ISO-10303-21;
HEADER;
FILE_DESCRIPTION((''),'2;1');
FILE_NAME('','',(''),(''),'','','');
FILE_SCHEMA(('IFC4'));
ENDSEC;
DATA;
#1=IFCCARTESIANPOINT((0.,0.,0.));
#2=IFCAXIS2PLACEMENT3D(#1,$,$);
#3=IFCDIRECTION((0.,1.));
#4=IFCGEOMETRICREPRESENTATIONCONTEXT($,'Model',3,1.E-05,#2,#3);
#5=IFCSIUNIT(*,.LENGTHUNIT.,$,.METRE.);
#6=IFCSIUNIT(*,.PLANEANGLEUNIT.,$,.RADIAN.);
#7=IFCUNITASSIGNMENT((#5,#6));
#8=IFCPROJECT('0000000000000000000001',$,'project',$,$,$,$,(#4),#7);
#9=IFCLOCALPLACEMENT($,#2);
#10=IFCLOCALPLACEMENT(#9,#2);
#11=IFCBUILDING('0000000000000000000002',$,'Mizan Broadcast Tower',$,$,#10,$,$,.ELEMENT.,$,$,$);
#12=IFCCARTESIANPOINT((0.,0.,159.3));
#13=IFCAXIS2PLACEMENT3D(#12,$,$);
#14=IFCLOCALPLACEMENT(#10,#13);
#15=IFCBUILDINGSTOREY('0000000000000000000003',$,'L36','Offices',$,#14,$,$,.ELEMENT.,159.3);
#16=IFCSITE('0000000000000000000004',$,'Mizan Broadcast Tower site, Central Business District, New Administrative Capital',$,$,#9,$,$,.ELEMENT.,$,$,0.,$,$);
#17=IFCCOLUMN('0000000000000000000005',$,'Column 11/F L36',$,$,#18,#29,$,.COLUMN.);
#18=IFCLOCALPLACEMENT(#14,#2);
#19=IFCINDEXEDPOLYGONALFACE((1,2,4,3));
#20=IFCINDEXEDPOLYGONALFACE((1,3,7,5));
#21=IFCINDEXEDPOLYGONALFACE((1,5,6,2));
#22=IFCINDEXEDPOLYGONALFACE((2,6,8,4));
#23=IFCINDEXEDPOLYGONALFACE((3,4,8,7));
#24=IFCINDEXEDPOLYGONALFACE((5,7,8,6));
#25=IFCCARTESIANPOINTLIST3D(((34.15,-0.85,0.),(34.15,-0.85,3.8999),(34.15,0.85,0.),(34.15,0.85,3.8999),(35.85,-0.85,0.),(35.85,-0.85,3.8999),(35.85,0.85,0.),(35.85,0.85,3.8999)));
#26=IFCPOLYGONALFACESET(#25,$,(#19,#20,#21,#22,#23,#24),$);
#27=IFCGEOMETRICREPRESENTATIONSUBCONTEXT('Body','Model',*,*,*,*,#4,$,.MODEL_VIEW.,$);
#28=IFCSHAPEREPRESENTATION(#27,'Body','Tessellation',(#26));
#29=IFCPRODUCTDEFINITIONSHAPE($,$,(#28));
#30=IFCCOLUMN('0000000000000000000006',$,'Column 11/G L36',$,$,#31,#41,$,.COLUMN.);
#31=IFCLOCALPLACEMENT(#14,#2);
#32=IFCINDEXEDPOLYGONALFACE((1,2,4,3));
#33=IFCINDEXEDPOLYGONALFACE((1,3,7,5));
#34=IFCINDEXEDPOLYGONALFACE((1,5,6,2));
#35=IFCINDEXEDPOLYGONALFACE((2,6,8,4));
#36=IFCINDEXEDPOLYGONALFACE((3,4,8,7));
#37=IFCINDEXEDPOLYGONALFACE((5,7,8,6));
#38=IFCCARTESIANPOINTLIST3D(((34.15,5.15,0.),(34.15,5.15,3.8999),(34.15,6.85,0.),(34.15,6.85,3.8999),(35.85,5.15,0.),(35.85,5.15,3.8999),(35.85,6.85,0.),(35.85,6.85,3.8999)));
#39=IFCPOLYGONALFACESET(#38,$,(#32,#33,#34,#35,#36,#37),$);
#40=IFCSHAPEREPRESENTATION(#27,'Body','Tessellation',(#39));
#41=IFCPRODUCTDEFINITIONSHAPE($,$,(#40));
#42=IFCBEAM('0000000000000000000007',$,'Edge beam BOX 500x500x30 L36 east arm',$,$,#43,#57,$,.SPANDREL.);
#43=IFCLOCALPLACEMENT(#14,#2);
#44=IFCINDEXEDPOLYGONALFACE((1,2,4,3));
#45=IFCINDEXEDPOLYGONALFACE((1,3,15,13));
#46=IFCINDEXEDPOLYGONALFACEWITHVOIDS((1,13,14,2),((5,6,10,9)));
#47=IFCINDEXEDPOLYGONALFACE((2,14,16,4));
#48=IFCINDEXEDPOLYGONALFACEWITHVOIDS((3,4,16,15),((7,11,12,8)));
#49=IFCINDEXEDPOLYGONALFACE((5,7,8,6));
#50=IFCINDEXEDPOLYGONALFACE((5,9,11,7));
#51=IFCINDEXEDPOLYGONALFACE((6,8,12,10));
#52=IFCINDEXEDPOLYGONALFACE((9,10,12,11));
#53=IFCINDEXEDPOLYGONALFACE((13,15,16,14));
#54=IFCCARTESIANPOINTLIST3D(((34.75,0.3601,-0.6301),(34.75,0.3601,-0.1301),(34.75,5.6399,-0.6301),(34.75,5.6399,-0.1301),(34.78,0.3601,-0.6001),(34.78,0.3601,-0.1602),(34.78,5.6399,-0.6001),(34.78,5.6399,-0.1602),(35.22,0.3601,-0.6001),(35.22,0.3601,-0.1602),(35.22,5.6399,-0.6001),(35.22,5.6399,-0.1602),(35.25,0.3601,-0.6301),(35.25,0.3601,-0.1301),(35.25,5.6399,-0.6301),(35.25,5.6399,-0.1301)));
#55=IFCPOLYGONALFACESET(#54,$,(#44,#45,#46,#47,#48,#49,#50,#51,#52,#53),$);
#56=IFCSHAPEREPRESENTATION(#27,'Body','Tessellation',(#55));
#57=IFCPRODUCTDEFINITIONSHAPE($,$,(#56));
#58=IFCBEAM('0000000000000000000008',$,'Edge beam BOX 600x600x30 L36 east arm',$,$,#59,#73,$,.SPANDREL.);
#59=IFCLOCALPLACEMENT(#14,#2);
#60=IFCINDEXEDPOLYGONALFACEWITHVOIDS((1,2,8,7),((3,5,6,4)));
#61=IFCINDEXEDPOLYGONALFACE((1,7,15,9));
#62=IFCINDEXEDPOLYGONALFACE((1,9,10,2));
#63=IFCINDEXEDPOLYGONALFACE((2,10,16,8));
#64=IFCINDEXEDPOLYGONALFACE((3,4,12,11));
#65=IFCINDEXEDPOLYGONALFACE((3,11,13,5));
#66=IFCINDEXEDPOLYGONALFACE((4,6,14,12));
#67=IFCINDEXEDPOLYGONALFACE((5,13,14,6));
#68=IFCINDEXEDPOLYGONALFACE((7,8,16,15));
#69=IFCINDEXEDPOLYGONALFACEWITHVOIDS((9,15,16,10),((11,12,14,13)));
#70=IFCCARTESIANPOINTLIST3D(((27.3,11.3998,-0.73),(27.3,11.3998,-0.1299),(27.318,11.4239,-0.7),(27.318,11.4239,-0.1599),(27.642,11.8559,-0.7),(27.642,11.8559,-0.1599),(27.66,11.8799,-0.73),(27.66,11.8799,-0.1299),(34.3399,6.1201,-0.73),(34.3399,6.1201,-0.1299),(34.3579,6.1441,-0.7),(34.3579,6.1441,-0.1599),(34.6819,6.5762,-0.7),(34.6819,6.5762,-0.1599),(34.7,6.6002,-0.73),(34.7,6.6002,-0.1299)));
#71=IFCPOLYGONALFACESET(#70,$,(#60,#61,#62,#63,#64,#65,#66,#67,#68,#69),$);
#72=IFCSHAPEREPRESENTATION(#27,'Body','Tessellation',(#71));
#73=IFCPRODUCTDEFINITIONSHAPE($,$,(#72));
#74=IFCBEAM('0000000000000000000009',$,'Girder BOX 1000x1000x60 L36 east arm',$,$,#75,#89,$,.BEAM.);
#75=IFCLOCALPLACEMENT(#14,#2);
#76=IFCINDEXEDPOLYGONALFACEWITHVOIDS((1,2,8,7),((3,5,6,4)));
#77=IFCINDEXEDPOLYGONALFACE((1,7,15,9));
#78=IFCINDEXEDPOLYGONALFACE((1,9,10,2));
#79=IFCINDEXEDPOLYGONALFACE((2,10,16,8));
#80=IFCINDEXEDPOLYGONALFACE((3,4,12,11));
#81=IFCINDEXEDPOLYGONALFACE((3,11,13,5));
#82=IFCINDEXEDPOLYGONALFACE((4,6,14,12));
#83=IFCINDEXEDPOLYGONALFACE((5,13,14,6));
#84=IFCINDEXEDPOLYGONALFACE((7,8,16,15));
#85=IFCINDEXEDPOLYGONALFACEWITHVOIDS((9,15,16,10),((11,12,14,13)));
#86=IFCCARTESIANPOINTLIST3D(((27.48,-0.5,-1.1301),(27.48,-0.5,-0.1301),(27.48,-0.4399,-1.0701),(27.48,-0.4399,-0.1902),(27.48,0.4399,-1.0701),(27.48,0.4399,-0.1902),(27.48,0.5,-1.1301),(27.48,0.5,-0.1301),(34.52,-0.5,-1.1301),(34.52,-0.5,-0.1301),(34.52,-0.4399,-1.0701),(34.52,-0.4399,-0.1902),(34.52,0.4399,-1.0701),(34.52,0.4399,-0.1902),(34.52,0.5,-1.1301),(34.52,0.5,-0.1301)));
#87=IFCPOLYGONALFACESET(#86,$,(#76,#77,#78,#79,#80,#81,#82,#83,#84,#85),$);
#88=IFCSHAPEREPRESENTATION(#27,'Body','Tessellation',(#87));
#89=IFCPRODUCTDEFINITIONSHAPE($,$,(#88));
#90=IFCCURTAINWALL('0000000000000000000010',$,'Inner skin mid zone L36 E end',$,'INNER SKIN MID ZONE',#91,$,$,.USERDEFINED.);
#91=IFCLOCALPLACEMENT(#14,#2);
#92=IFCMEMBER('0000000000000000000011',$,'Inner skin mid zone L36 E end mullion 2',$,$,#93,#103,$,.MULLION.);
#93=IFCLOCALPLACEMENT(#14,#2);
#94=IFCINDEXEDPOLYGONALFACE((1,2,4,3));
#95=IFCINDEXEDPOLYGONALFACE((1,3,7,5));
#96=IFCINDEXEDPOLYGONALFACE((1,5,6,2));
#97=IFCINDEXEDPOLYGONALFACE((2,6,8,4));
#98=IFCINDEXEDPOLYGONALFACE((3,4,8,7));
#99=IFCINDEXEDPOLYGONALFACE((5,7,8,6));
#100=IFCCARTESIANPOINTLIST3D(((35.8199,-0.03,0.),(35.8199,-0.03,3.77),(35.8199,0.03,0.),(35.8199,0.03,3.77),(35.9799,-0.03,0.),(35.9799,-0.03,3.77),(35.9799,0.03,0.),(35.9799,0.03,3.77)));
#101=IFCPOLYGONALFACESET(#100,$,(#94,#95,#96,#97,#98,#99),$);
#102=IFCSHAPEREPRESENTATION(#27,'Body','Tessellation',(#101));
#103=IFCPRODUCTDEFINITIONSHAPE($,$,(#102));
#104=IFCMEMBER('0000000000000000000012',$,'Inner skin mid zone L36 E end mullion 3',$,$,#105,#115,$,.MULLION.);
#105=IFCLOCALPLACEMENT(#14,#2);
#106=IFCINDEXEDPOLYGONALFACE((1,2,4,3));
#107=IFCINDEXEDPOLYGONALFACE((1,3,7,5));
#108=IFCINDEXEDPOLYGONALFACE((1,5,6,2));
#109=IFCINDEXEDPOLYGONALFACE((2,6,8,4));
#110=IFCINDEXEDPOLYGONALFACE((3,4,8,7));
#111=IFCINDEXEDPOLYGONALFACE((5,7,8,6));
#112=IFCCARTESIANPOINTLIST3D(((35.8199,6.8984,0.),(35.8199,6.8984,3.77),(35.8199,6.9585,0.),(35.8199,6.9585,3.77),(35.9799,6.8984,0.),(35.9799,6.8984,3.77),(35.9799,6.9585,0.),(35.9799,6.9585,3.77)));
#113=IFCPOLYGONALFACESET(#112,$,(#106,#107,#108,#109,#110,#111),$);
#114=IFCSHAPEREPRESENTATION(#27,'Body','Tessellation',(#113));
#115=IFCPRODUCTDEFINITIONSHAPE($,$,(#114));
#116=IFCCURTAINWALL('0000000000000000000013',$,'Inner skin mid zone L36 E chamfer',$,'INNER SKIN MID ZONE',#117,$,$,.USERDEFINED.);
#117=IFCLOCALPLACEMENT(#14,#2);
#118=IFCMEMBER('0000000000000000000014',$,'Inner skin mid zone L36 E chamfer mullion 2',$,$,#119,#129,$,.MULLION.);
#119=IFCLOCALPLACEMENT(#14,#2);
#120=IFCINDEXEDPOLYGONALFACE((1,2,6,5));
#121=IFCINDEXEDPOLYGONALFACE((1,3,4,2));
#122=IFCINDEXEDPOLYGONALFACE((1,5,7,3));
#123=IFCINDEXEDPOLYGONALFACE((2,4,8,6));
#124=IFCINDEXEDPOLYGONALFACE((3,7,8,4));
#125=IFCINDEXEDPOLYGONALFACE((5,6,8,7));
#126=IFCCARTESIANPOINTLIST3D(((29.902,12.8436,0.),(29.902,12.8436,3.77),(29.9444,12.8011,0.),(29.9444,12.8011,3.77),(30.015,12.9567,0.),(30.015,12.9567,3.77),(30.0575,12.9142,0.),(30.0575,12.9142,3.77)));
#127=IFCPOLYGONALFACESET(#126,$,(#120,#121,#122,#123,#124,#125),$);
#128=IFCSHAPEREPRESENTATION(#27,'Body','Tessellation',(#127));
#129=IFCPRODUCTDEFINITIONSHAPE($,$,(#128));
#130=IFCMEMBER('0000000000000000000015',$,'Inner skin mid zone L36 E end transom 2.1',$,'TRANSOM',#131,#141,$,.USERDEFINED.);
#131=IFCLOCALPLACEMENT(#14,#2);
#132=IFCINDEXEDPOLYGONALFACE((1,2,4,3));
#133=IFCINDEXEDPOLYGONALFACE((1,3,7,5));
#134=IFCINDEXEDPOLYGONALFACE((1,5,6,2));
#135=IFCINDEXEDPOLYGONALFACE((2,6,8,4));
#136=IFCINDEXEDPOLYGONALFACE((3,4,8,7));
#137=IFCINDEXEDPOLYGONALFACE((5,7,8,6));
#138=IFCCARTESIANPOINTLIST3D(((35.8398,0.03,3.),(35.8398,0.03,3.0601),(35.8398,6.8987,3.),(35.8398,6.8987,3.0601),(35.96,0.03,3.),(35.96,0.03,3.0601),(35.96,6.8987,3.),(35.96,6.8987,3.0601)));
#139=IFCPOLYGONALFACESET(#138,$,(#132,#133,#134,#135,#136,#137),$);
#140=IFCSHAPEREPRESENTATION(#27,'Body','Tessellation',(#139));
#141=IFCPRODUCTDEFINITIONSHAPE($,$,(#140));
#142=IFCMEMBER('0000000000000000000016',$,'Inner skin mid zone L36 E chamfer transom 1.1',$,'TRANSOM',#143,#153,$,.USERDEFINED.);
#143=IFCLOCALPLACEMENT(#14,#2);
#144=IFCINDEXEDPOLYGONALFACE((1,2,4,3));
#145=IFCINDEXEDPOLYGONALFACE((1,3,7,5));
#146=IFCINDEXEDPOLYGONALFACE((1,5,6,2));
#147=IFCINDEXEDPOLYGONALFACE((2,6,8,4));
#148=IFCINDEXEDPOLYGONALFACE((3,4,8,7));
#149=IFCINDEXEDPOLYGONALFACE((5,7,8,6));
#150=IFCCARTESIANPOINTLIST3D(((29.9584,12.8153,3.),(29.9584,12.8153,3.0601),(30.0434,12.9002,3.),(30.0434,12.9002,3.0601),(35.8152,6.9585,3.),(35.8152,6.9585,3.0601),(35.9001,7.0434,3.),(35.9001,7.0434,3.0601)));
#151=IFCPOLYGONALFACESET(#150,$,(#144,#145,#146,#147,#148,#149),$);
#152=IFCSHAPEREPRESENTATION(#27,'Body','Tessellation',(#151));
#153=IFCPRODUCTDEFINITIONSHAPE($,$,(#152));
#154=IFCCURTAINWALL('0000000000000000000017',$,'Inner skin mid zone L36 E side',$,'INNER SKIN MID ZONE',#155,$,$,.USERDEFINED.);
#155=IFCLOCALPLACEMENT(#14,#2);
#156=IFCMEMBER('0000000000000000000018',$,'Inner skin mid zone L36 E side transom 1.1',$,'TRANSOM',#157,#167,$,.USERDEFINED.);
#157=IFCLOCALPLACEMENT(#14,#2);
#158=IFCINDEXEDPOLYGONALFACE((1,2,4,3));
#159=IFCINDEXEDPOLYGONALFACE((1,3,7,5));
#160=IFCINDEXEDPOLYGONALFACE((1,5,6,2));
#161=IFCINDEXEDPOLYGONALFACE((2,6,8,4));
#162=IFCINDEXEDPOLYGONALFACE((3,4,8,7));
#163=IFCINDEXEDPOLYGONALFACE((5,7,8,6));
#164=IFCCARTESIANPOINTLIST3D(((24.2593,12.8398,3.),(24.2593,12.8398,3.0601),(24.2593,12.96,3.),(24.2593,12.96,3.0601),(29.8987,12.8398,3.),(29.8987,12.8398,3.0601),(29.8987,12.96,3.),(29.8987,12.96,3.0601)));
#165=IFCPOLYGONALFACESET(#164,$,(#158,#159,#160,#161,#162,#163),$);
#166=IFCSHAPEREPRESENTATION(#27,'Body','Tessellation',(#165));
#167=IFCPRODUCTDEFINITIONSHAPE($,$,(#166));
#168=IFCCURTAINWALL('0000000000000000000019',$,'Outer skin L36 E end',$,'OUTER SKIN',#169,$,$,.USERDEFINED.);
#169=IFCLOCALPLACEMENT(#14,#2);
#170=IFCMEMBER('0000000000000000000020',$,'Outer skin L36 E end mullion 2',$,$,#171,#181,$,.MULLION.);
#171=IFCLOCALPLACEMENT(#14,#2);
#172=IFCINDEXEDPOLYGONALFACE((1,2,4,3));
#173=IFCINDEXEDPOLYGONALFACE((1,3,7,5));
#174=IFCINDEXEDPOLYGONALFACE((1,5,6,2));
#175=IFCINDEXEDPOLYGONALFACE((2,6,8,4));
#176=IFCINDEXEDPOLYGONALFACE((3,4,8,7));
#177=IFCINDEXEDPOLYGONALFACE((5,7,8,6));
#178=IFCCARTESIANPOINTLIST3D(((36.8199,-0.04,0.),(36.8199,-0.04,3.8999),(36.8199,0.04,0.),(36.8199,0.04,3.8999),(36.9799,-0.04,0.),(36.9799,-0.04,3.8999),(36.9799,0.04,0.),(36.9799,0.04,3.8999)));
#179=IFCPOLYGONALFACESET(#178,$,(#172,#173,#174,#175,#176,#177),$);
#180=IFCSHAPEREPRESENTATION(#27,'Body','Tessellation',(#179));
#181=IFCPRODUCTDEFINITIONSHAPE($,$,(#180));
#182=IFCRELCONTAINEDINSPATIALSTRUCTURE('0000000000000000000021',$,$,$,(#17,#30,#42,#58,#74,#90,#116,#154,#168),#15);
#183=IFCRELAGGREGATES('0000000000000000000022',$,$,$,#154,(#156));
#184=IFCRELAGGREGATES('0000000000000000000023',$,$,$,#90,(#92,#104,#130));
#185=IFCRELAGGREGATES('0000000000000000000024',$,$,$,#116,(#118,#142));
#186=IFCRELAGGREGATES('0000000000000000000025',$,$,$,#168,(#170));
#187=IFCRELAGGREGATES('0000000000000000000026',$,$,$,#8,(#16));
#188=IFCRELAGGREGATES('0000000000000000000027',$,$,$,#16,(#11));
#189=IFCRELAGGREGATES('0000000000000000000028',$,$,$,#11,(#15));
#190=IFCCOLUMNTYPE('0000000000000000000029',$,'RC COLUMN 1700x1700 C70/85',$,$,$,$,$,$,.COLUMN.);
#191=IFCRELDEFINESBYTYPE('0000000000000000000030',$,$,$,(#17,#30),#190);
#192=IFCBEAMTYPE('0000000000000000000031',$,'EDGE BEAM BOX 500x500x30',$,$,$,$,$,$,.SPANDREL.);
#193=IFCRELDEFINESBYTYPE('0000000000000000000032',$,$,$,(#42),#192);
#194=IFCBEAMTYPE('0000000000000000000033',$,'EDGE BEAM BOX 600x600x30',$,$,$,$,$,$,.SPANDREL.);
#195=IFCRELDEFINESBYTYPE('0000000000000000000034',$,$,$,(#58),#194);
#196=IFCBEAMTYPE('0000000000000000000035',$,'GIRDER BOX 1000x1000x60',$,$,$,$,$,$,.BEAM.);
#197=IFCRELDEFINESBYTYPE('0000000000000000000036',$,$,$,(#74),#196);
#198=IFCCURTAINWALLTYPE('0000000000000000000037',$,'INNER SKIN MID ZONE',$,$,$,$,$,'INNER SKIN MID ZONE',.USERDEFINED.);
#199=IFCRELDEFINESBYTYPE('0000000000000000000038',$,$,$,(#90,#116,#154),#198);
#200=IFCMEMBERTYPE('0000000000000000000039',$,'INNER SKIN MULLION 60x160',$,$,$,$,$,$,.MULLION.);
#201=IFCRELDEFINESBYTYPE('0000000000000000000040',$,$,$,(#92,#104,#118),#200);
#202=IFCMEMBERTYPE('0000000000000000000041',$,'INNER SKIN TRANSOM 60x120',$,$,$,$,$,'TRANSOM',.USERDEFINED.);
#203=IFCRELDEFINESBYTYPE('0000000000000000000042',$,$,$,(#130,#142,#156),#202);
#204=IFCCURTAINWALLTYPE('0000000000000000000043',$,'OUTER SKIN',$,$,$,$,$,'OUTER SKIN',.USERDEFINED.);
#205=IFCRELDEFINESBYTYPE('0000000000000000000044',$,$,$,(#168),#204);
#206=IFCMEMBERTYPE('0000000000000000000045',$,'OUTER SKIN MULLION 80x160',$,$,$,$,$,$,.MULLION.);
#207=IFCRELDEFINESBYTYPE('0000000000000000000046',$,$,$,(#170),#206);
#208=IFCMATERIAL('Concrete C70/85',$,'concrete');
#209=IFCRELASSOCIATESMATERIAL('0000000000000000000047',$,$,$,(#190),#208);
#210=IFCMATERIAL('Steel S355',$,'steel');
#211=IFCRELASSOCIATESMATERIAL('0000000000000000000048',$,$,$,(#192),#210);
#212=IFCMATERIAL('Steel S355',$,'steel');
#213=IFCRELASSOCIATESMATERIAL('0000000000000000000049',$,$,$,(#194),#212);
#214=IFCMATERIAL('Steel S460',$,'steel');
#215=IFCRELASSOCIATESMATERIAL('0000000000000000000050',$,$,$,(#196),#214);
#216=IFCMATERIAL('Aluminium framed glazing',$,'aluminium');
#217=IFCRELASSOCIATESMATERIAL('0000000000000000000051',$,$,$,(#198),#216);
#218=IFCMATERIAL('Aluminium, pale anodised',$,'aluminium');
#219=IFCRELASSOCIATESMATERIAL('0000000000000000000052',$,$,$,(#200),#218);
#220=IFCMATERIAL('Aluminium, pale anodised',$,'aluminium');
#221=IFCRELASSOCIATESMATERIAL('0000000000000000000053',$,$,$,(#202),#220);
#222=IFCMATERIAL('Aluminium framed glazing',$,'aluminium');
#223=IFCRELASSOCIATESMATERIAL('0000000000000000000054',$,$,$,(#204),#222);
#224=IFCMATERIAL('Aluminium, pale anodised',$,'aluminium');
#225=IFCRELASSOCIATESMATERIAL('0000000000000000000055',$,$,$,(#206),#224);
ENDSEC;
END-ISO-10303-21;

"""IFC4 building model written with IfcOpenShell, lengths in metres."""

from ifc_helpers import new_model, si_unit, direction, frame, origin, origin_2d, place, context, subcontext, project, spatial, rectangle, hollow_rectangle, extrude, material, material_profile, profile_set, type_object, element, aggregate, save


model = new_model("IFC4")

# Units and contexts
model_context = context("Model", 3, precision=1e-05, world=origin(), true_north=direction((0.0, 1.0)))
body_context = subcontext(model_context, "Body", "Model", "MODEL_VIEW")
ifc_project = project(units=[si_unit("LENGTHUNIT", "METRE"), si_unit("PLANEANGLEUNIT", "RADIAN")], contexts=[model_context])

# Site, building, storey
site_placement = place(None, origin())
site = spatial("IfcSite", under=ifc_project, at=site_placement, Name="Mizan Broadcast Tower site, Central Business District, New Administrative Capital", CompositionType="ELEMENT", RefElevation=0.0)
building_placement = place(site_placement, origin())
building = spatial("IfcBuilding", under=site, at=building_placement, Name="Mizan Broadcast Tower", CompositionType="ELEMENT")
storey_placement = place(building_placement, frame((0.0, 0.0, 159.3)))
storey = spatial("IfcBuildingStorey", under=building, at=storey_placement, Name="L36", Description="Offices", CompositionType="ELEMENT", Elevation=159.3)

# Columns
ifc_material_1 = material(Name="Concrete C70/85", Category="concrete")
ifc_material_profile_1 = material_profile(ifc_material_1, rectangle(XDim=1.7, YDim=1.7, at=origin_2d()), Name="RC 1700x1700")
ifc_profile_set_1 = profile_set([ifc_material_profile_1], Name="Concrete C70/85")
column_type = type_object("IfcColumnType", Name="RC COLUMN 1700x1700 C70/85", PredefinedType="COLUMN", material=ifc_profile_set_1)
for number, where, z_axis, x_axis, name in (
    (1, (35.0, 0.0, 0.0), (0.0, 0.0, 1.0), (1.0, 0.0, 0.0), "Column 11/F L36"),
    (2, (35.0, 6.0, 0.0), (0.0, 0.0, 1.0), (1.0, 0.0, 0.0), "Column 11/G L36"),
):
    element("IfcColumn", number, at=place(storey_placement, frame(where, z_axis=z_axis, x_axis=x_axis)), inside=storey, type_object=column_type, Name=name, PredefinedType="COLUMN", context=body_context, shape_type="SweptSolid", body=[
        extrude(rectangle(XDim=1.7, YDim=1.7, at=origin_2d()), origin(), (0.0, 0.0, 1.0), 3.8999),
    ])

# Beams
ifc_material_2 = material(Name="Steel S355", Category="steel")
ifc_material_profile_2 = material_profile(ifc_material_2, hollow_rectangle(XDim=0.5, YDim=0.5, WallThickness=0.03, at=origin_2d()), Name="BOX 500x500x30")
ifc_profile_set_2 = profile_set([ifc_material_profile_2], Name="Steel S355")
beam_type_1 = type_object("IfcBeamType", Name="EDGE BEAM BOX 500x500x30", PredefinedType="SPANDREL", material=ifc_profile_set_2)
beam_1_placement = place(storey_placement, frame((35.0, 5.6399, -0.3801), z_axis=(0.0, -1.0, 0.0), x_axis=(1.0, 0.0, 0.0)))
element("IfcBeam", 3, at=beam_1_placement, inside=storey, type_object=beam_type_1, Name="Edge beam BOX 500x500x30 L36 east arm", PredefinedType="SPANDREL", context=body_context, shape_type="SweptSolid", body=[
    extrude(hollow_rectangle(XDim=0.5, YDim=0.5, WallThickness=0.03, at=origin_2d()), origin(), (0.0, 0.0, 1.0), 5.2798),
])
ifc_material_3 = material(Name="Steel S355", Category="steel")
ifc_material_profile_3 = material_profile(ifc_material_3, hollow_rectangle(XDim=0.6001, YDim=0.6001, WallThickness=0.03, at=origin_2d()), Name="BOX 600x600x30")
ifc_profile_set_3 = profile_set([ifc_material_profile_3], Name="Steel S355")
beam_type_2 = type_object("IfcBeamType", Name="EDGE BEAM BOX 600x600x30", PredefinedType="SPANDREL", material=ifc_profile_set_3)
beam_2_placement = place(storey_placement, frame((27.48, 11.6399, -0.4299), z_axis=(0.800013, -0.599982, 0.0), x_axis=(0.599982, 0.800013, 0.0)))
element("IfcBeam", 4, at=beam_2_placement, inside=storey, type_object=beam_type_2, Name="Edge beam BOX 600x600x30 L36 east arm", PredefinedType="SPANDREL", context=body_context, shape_type="SweptSolid", body=[
    extrude(hollow_rectangle(XDim=0.6001, YDim=0.6001, WallThickness=0.03, at=origin_2d()), origin(), (0.0, 0.0, 1.0), 8.7998),
])
ifc_material_4 = material(Name="Steel S460", Category="steel")
ifc_material_profile_4 = material_profile(ifc_material_4, hollow_rectangle(XDim=1.0, YDim=1.0, WallThickness=0.0601, at=origin_2d()), Name="BOX 1000x1000x60")
ifc_profile_set_4 = profile_set([ifc_material_profile_4], Name="Steel S460")
beam_type_3 = type_object("IfcBeamType", Name="GIRDER BOX 1000x1000x60", PredefinedType="BEAM", material=ifc_profile_set_4)
beam_3_placement = place(storey_placement, frame((27.48, 0.0, -0.6301), z_axis=(1.0, 0.0, 0.0), x_axis=(0.0, 1.0, 0.0)))
element("IfcBeam", 5, at=beam_3_placement, inside=storey, type_object=beam_type_3, Name="Girder BOX 1000x1000x60 L36 east arm", PredefinedType="BEAM", context=body_context, shape_type="SweptSolid", body=[
    extrude(hollow_rectangle(XDim=1.0, YDim=1.0, WallThickness=0.0601, at=origin_2d()), origin(), (0.0, 0.0, 1.0), 7.04),
])

# Curtain wall, members
ifc_material_5 = material(Name="Aluminium framed glazing", Category="aluminium")
curtain_wall_type_1 = type_object("IfcCurtainWallType", Name="INNER SKIN MID ZONE", ElementType="INNER SKIN MID ZONE", PredefinedType="USERDEFINED", material=ifc_material_5)
curtain_wall_1_placement = place(storey_placement, origin())
curtain_wall_1 = element("IfcCurtainWall", 6, at=curtain_wall_1_placement, inside=storey, type_object=curtain_wall_type_1, Name="Inner skin mid zone L36 E end", ObjectType="INNER SKIN MID ZONE", PredefinedType="USERDEFINED")
ifc_material_6 = material(Name="Aluminium, pale anodised", Category="aluminium")
ifc_material_profile_5 = material_profile(ifc_material_6, rectangle(XDim=0.1599, YDim=0.0601, at=origin_2d()), Name="MULLION 160x60")
ifc_profile_set_5 = profile_set([ifc_material_profile_5], Name="Aluminium, pale anodised")
member_type_1 = type_object("IfcMemberType", Name="INNER SKIN MULLION 60x160", PredefinedType="MULLION", material=ifc_profile_set_5)
member_1_placement = place(storey_placement, frame((35.8999, 0.0, 0.0), z_axis=(0.0, 0.0, 1.0), x_axis=(-1.0, 0.0, 0.0)))
member_1 = element("IfcMember", 7, at=member_1_placement, type_object=member_type_1, Name="Inner skin mid zone L36 E end mullion 2", PredefinedType="MULLION", context=body_context, shape_type="SweptSolid", body=[
    extrude(rectangle(XDim=0.1599, YDim=0.0601, at=origin_2d()), origin(), (0.0, 0.0, 1.0), 3.77),
])
member_2_placement = place(storey_placement, frame((35.8999, 6.9285, 0.0), z_axis=(0.0, 0.0, 1.0), x_axis=(-1.0, 0.0, 0.0)))
member_2 = element("IfcMember", 8, at=member_2_placement, type_object=member_type_1, Name="Inner skin mid zone L36 E end mullion 3", PredefinedType="MULLION", context=body_context, shape_type="SweptSolid", body=[
    extrude(rectangle(XDim=0.1599, YDim=0.0601, at=origin_2d()), origin(), (0.0, 0.0, 1.0), 3.77),
])

# Curtain wall, member
curtain_wall_2_placement = place(storey_placement, origin())
curtain_wall_2 = element("IfcCurtainWall", 9, at=curtain_wall_2_placement, inside=storey, type_object=curtain_wall_type_1, Name="Inner skin mid zone L36 E chamfer", ObjectType="INNER SKIN MID ZONE", PredefinedType="USERDEFINED")
member_3_placement = place(storey_placement, frame((29.9797, 12.8789, 0.0), z_axis=(0.0, 0.0, 1.0), x_axis=(-0.707107, -0.707107, 0.0)))
member_3 = element("IfcMember", 10, at=member_3_placement, type_object=member_type_1, Name="Inner skin mid zone L36 E chamfer mullion 2", PredefinedType="MULLION", context=body_context, shape_type="SweptSolid", body=[
    extrude(rectangle(XDim=0.1599, YDim=0.0601, at=origin_2d()), origin(), (0.0, 0.0, 1.0), 3.77),
])

# Members
ifc_material_7 = material(Name="Aluminium, pale anodised", Category="aluminium")
ifc_material_profile_6 = material_profile(ifc_material_7, rectangle(XDim=0.1201, YDim=0.0601, at=origin_2d()), Name="TRANSOM 120x60")
ifc_profile_set_6 = profile_set([ifc_material_profile_6], Name="Aluminium, pale anodised")
member_type_2 = type_object("IfcMemberType", Name="INNER SKIN TRANSOM 60x120", ElementType="TRANSOM", PredefinedType="USERDEFINED", material=ifc_profile_set_6)
member_4_placement = place(storey_placement, frame((35.8999, 0.03, 3.03), z_axis=(0.0, 1.0, 0.0), x_axis=(-1.0, 0.0, 0.0)))
member_4 = element("IfcMember", 11, at=member_4_placement, type_object=member_type_2, Name="Inner skin mid zone L36 E end transom 2.1", ObjectType="TRANSOM", PredefinedType="USERDEFINED", context=body_context, shape_type="SweptSolid", body=[
    extrude(rectangle(XDim=0.1201, YDim=0.0601, at=origin_2d()), origin(), (0.0, 0.0, 1.0), 6.8687),
])
member_5_placement = place(storey_placement, frame((35.8577, 7.001, 3.03), z_axis=(-0.707107, 0.707107, 0.0), x_axis=(-0.707107, -0.707107, 0.0)))
member_5 = element("IfcMember", 12, at=member_5_placement, type_object=member_type_2, Name="Inner skin mid zone L36 E chamfer transom 1.1", ObjectType="TRANSOM", PredefinedType="USERDEFINED", context=body_context, shape_type="SweptSolid", body=[
    extrude(rectangle(XDim=0.1201, YDim=0.0601, at=origin_2d()), origin(), (0.0, 0.0, 1.0), 8.2827),
])

# Curtain wall, member
curtain_wall_3_placement = place(storey_placement, origin())
curtain_wall_3 = element("IfcCurtainWall", 13, at=curtain_wall_3_placement, inside=storey, type_object=curtain_wall_type_1, Name="Inner skin mid zone L36 E side", ObjectType="INNER SKIN MID ZONE", PredefinedType="USERDEFINED")
member_6_placement = place(storey_placement, frame((29.8987, 12.8999, 3.03), z_axis=(-1.0, 0.0, 0.0), x_axis=(0.0, -1.0, 0.0)))
member_6 = element("IfcMember", 14, at=member_6_placement, type_object=member_type_2, Name="Inner skin mid zone L36 E side transom 1.1", ObjectType="TRANSOM", PredefinedType="USERDEFINED", context=body_context, shape_type="SweptSolid", body=[
    extrude(rectangle(XDim=0.1201, YDim=0.0601, at=origin_2d()), origin(), (0.0, 0.0, 1.0), 5.6394),
])
aggregate(curtain_wall_3, [member_6])

# Curtain wall, member
ifc_material_8 = material(Name="Aluminium framed glazing", Category="aluminium")
curtain_wall_type_2 = type_object("IfcCurtainWallType", Name="OUTER SKIN", ElementType="OUTER SKIN", PredefinedType="USERDEFINED", material=ifc_material_8)
curtain_wall_4_placement = place(storey_placement, origin())
curtain_wall_4 = element("IfcCurtainWall", 15, at=curtain_wall_4_placement, inside=storey, type_object=curtain_wall_type_2, Name="Outer skin L36 E end", ObjectType="OUTER SKIN", PredefinedType="USERDEFINED")
ifc_material_9 = material(Name="Aluminium, pale anodised", Category="aluminium")
ifc_material_profile_7 = material_profile(ifc_material_9, rectangle(XDim=0.1599, YDim=0.0801, at=origin_2d()), Name="MULLION 160x80")
ifc_profile_set_7 = profile_set([ifc_material_profile_7], Name="Aluminium, pale anodised")
member_type_3 = type_object("IfcMemberType", Name="OUTER SKIN MULLION 80x160", PredefinedType="MULLION", material=ifc_profile_set_7)
member_7_placement = place(storey_placement, frame((36.8999, 0.0, 0.0), z_axis=(0.0, 0.0, 1.0), x_axis=(-1.0, 0.0, 0.0)))
member_7 = element("IfcMember", 16, at=member_7_placement, type_object=member_type_3, Name="Outer skin L36 E end mullion 2", PredefinedType="MULLION", context=body_context, shape_type="SweptSolid", body=[
    extrude(rectangle(XDim=0.1599, YDim=0.0801, at=origin_2d()), origin(), (0.0, 0.0, 1.0), 3.8999),
])

aggregate(curtain_wall_1, [member_1, member_2, member_4])
aggregate(curtain_wall_2, [member_3, member_5])
aggregate(curtain_wall_4, [member_7])

save(model, "model.ifc")
